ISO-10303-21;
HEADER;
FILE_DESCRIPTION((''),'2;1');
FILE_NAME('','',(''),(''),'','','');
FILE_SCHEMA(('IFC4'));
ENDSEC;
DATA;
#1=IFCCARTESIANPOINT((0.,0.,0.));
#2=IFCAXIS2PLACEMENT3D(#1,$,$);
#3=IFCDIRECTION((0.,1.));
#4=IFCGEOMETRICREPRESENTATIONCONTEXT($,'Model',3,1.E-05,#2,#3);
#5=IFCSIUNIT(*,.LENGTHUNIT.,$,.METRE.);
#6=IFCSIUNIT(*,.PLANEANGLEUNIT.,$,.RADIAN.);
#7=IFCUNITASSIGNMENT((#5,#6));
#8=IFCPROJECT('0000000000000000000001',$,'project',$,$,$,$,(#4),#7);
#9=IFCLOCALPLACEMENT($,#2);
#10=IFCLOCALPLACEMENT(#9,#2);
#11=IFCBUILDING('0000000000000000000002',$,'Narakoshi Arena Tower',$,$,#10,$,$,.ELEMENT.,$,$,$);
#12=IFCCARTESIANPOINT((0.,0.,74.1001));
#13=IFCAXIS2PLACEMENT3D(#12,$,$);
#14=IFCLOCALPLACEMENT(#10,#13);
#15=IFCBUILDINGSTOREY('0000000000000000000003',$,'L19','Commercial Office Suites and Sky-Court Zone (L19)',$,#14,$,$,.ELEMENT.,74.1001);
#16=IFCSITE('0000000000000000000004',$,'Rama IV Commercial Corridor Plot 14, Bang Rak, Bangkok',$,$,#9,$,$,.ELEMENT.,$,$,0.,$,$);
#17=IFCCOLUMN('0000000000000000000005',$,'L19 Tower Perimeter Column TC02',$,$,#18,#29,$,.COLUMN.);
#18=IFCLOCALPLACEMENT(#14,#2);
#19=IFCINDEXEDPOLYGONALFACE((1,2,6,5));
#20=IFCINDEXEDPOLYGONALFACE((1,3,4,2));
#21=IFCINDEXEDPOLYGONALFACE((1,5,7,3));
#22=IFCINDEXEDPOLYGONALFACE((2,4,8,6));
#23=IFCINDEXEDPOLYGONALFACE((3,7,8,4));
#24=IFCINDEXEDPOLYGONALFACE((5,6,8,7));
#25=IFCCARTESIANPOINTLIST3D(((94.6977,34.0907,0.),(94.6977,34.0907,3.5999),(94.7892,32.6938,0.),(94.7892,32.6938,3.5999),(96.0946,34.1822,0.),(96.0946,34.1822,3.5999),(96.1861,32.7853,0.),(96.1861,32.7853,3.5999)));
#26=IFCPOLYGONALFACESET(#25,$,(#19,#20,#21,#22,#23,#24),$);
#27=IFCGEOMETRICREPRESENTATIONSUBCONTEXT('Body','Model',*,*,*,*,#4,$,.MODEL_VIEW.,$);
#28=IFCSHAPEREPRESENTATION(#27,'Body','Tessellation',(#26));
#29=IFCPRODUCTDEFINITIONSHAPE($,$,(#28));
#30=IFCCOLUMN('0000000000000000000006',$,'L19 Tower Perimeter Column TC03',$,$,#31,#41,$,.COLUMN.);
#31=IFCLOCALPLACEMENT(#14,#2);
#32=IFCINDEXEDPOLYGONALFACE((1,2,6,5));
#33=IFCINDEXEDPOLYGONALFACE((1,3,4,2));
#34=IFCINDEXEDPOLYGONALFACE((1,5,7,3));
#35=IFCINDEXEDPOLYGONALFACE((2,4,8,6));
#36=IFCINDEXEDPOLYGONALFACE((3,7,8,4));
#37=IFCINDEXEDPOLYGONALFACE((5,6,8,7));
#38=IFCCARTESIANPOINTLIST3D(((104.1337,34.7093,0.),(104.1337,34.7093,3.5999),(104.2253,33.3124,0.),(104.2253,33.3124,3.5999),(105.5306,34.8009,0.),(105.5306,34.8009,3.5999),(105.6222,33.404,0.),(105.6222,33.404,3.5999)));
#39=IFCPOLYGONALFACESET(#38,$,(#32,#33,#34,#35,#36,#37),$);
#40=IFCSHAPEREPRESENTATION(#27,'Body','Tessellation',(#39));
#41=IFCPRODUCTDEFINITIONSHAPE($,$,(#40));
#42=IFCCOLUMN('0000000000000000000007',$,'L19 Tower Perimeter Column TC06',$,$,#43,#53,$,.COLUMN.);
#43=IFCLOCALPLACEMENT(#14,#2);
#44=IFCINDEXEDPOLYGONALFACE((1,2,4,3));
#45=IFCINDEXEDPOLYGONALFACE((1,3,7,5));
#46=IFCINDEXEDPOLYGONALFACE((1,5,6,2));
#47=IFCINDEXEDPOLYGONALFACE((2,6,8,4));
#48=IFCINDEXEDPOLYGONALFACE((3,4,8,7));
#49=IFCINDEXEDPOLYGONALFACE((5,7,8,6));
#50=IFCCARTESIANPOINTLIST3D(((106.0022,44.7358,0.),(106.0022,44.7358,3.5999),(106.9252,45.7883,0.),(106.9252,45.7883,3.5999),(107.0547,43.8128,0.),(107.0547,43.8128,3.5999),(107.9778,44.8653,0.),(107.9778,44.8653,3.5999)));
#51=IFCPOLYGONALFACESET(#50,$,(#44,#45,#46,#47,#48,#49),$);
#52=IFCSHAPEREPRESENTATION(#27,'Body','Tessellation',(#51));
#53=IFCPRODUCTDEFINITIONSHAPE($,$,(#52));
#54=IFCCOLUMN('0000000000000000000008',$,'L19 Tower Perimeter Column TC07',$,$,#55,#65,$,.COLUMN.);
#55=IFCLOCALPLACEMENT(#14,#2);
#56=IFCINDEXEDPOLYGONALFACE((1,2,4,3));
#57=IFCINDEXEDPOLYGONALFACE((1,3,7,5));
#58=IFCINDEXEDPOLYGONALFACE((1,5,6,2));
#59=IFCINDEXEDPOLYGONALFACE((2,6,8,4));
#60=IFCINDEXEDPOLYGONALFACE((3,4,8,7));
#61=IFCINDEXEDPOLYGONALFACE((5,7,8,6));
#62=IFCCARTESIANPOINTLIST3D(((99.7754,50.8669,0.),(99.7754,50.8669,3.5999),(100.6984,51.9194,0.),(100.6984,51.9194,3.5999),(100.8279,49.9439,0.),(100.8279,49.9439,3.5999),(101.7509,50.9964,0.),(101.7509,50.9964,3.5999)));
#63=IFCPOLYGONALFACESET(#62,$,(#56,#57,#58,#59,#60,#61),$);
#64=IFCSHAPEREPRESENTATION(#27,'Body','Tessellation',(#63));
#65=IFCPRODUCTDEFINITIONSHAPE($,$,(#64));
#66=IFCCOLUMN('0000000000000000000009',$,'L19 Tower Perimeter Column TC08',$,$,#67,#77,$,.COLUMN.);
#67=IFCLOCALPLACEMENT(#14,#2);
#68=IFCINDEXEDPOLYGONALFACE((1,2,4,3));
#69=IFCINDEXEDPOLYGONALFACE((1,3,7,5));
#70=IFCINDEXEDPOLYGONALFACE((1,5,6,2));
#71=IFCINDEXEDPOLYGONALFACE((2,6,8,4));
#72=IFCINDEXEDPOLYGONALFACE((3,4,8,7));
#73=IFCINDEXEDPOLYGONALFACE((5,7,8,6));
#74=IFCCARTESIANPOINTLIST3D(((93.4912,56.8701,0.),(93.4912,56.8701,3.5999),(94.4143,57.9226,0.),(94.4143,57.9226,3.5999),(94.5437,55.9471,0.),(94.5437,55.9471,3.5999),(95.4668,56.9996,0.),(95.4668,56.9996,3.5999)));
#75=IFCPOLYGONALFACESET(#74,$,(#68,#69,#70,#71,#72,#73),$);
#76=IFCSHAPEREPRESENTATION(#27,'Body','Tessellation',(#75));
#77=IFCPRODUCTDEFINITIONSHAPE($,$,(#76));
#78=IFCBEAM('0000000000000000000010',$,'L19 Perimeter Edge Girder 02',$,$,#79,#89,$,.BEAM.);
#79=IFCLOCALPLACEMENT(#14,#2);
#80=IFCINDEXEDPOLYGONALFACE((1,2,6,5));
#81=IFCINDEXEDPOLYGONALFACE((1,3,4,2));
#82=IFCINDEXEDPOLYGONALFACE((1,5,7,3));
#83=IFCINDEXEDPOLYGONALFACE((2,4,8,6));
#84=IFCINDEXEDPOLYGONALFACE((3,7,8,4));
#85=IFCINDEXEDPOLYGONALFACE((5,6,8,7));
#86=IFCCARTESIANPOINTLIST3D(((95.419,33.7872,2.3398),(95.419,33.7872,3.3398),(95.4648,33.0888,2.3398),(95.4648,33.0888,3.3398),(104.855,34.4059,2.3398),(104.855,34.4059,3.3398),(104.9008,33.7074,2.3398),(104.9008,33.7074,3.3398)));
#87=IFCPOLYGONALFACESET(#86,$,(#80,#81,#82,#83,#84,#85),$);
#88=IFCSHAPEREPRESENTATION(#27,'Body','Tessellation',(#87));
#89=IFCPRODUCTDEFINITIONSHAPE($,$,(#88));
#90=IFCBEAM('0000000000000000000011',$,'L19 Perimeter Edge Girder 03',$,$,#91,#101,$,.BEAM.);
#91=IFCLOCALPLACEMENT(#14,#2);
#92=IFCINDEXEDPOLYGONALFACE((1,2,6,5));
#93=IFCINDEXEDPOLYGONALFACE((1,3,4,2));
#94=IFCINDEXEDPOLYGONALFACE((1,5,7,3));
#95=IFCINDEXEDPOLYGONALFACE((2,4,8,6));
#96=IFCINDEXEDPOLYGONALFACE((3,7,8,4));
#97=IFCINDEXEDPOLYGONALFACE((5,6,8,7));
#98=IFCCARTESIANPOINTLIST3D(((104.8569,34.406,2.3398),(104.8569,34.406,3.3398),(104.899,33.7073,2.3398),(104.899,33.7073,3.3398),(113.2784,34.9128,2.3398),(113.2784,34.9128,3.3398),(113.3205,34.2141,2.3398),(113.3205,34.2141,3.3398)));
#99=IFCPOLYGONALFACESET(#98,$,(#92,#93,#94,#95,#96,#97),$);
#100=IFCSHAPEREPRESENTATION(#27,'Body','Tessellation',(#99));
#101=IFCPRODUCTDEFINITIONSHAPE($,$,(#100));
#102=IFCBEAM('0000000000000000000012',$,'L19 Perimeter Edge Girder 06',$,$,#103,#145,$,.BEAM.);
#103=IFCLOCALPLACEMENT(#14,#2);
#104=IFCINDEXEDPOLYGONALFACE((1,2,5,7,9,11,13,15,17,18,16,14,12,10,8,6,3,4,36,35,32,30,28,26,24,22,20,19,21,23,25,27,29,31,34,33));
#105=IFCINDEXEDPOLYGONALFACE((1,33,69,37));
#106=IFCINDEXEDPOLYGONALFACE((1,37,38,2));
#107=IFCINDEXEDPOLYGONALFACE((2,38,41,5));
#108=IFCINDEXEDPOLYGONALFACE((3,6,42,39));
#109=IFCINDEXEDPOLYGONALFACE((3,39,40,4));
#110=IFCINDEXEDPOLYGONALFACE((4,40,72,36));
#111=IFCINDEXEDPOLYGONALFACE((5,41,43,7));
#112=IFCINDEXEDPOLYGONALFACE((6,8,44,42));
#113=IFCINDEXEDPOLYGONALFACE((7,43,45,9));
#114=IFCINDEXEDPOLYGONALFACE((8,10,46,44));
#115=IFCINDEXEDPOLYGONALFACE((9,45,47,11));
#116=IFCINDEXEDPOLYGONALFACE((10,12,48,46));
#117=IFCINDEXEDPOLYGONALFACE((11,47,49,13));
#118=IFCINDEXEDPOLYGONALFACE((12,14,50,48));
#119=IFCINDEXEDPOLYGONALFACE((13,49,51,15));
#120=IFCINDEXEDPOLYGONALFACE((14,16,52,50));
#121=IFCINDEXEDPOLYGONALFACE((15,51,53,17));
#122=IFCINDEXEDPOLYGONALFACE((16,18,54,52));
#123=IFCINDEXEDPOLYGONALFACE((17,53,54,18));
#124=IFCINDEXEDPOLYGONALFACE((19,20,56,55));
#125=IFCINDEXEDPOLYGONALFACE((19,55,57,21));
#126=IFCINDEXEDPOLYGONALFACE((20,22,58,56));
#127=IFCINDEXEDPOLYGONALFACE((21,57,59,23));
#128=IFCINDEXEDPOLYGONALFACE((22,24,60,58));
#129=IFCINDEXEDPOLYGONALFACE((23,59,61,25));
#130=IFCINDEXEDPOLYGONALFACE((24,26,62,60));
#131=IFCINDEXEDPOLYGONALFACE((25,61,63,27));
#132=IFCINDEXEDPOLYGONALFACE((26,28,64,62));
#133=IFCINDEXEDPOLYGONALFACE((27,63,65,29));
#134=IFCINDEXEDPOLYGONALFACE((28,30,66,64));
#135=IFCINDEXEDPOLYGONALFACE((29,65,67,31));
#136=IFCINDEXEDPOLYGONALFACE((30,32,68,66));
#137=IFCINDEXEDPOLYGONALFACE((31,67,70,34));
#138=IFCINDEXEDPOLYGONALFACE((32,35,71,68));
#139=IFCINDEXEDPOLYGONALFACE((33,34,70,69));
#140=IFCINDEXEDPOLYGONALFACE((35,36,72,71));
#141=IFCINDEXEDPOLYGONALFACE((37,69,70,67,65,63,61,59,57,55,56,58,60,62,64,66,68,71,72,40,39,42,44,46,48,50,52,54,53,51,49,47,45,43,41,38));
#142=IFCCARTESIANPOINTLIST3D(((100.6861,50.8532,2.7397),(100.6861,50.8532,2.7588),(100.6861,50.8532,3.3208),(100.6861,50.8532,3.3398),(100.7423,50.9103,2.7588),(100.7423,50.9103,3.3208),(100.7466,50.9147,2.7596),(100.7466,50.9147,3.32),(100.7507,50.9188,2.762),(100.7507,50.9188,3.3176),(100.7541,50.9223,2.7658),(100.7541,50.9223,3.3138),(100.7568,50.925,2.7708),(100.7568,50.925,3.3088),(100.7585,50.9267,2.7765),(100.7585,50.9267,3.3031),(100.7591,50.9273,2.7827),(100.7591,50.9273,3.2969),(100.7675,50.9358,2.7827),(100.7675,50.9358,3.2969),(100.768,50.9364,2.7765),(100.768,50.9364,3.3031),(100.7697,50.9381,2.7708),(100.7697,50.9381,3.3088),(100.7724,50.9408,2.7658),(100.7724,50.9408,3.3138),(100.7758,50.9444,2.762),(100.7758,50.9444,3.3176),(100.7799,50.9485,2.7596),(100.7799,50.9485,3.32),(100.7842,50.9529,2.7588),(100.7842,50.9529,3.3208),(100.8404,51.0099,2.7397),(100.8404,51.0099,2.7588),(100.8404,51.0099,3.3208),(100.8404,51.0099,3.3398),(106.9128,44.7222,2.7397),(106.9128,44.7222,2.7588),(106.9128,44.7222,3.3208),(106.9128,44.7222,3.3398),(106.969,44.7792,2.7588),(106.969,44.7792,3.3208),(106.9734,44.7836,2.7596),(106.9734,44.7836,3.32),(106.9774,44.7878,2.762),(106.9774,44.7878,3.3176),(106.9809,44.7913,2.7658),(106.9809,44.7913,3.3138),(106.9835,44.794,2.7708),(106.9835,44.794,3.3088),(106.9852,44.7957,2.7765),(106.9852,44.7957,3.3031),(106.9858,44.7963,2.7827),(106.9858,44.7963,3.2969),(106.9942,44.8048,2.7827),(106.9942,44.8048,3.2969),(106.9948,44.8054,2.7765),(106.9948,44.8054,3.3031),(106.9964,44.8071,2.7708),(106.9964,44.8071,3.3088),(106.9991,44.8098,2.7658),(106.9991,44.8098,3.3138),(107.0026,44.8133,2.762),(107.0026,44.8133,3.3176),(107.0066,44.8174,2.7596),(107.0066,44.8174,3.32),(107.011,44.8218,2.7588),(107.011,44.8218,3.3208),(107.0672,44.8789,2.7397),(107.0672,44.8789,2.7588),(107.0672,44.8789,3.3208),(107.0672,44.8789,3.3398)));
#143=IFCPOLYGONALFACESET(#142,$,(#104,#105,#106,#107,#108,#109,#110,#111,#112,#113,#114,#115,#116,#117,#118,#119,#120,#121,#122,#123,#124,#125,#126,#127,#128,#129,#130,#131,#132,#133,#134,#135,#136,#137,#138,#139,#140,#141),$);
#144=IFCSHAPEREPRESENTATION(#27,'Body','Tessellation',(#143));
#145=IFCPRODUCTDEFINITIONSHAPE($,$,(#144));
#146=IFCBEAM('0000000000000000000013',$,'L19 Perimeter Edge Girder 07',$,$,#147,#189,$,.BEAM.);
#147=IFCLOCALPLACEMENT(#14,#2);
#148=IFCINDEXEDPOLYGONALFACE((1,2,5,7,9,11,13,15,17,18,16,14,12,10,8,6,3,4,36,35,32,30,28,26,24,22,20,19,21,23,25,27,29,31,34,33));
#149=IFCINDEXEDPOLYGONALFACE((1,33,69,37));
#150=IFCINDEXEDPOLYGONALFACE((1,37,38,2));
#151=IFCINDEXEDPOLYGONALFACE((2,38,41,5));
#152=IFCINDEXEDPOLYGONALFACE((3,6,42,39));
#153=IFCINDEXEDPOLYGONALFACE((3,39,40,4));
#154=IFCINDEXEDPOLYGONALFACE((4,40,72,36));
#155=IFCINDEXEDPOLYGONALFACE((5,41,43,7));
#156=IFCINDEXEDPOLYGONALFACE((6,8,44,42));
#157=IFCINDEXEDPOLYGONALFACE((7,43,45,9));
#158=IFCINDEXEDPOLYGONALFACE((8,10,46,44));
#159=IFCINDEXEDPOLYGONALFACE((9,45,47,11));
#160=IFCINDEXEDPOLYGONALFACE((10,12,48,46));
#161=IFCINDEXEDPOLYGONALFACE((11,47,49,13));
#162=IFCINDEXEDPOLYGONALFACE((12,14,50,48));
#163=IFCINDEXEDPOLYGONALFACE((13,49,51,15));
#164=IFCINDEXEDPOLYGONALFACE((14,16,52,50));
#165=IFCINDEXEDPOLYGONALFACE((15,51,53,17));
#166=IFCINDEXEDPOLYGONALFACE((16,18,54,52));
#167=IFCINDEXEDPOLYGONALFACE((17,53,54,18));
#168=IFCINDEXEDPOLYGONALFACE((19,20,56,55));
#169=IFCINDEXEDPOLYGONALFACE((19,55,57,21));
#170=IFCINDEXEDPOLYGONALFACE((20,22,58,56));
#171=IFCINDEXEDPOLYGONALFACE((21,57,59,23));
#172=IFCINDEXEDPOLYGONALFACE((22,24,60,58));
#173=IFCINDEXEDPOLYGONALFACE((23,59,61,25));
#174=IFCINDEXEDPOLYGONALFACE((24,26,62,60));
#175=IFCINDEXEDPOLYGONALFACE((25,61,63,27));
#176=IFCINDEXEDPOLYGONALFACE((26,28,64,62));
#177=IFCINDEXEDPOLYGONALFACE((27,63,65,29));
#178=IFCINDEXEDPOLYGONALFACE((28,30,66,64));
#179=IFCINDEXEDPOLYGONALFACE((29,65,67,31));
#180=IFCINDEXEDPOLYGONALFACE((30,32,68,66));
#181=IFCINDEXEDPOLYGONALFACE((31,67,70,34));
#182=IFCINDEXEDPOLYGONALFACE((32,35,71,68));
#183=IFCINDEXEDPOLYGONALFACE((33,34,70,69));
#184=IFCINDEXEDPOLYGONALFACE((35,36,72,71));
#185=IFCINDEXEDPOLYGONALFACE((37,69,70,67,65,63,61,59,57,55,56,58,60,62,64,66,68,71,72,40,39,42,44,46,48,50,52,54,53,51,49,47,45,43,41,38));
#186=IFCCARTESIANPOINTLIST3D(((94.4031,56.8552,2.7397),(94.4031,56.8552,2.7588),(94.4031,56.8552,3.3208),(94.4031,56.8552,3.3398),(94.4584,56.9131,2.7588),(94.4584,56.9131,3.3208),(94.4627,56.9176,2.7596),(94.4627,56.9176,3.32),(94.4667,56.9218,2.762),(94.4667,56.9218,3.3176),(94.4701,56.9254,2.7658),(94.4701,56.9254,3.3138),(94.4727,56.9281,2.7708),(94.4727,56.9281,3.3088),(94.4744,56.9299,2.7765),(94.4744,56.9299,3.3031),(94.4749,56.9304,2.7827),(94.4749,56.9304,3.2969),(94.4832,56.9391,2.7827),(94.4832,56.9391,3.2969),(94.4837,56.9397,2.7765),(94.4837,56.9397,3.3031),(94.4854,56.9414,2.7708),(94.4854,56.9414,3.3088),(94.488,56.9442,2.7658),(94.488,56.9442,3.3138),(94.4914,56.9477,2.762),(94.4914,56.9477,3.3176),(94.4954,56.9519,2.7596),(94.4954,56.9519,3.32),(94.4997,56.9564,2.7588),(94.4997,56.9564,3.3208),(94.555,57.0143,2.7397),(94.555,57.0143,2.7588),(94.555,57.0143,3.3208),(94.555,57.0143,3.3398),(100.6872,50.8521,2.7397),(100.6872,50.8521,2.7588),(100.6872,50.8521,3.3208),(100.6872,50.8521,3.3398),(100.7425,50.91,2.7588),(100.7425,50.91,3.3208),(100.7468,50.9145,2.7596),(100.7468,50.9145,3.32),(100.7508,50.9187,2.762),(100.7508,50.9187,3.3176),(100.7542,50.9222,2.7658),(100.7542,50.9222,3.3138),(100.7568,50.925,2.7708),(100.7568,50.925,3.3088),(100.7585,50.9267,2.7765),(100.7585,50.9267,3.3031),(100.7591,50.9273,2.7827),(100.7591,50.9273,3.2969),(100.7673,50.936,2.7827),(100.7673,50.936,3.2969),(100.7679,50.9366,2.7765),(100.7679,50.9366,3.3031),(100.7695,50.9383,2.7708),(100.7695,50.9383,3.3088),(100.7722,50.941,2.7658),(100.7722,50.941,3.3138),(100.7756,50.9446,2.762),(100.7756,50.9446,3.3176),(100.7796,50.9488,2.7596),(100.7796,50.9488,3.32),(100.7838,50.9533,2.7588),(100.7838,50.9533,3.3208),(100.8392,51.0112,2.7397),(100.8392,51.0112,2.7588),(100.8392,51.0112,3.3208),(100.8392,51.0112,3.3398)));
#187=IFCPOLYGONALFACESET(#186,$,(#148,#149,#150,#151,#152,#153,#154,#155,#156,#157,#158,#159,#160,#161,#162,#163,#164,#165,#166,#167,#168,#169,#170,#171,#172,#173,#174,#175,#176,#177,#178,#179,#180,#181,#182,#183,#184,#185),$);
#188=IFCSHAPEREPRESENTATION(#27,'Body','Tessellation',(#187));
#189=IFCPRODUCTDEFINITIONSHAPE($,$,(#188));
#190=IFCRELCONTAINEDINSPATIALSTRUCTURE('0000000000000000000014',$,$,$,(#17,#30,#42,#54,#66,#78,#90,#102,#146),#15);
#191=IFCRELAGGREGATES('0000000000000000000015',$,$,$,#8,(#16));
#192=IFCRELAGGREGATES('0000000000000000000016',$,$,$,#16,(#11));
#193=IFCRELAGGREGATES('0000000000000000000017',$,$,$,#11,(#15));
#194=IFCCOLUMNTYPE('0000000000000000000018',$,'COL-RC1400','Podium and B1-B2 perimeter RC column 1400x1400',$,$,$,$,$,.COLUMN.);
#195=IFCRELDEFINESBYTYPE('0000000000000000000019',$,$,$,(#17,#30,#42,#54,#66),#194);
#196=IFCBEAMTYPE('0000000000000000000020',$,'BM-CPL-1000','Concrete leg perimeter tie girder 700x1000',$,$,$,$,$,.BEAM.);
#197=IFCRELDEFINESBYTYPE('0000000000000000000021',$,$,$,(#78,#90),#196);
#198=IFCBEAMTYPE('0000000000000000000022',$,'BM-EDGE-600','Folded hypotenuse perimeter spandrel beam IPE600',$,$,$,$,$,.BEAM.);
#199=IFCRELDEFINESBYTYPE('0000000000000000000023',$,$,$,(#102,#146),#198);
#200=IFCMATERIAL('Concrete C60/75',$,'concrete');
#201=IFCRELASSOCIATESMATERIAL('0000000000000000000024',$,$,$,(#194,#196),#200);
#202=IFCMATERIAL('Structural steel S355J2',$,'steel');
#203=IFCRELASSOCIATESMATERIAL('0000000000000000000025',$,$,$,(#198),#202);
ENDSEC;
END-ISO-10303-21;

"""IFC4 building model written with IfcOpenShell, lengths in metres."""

from ifc_helpers import new_model, si_unit, direction, frame, origin, origin_2d, place, context, subcontext, project, spatial, rectangle, i_section, extrude, material, material_profile, profile_set, type_object, element, save


model = new_model("IFC4")

# Units and contexts
model_context = context("Model", 3, precision=1e-05, world=origin(), true_north=direction((0.0, 1.0)))
body_context = subcontext(model_context, "Body", "Model", "MODEL_VIEW")
ifc_project = project(units=[si_unit("LENGTHUNIT", "METRE"), si_unit("PLANEANGLEUNIT", "RADIAN")], contexts=[model_context])

# Site, building, storey
site_placement = place(None, origin())
site = spatial("IfcSite", under=ifc_project, at=site_placement, Name="Rama IV Commercial Corridor Plot 14, Bang Rak, Bangkok", CompositionType="ELEMENT", RefElevation=0.0)
building_placement = place(site_placement, origin())
building = spatial("IfcBuilding", under=site, at=building_placement, Name="Narakoshi Arena Tower", CompositionType="ELEMENT")
storey_placement = place(building_placement, frame((0.0, 0.0, 74.1001)))
storey = spatial("IfcBuildingStorey", under=building, at=storey_placement, Name="L19", Description="Commercial Office Suites and Sky-Court Zone (L19)", CompositionType="ELEMENT", Elevation=74.1001)

# Columns
ifc_material_1 = material(Name="Concrete C60/75", Category="concrete")
ifc_material_profile_1 = material_profile(ifc_material_1, rectangle(XDim=1.3999, YDim=1.3999, at=origin_2d()), Name="RC1400x1400")
ifc_profile_set_1 = profile_set([ifc_material_profile_1], Name="Concrete C60/75")
column_type = type_object("IfcColumnType", Name="COL-RC1400", Description="Podium and B1-B2 perimeter RC column 1400x1400", PredefinedType="COLUMN", material=ifc_profile_set_1)
for number, where, z_axis, x_axis, name in (
    (1, (95.4419, 33.438, 0.0), (0.0, 0.0, 1.0), (0.997859, 0.065403, 0.0), "L19 Tower Perimeter Column TC02"),
    (2, (104.8779, 34.0566, 0.0), (0.0, 0.0, 1.0), (0.997859, 0.065403, 0.0), "L19 Tower Perimeter Column TC03"),
    (3, (106.99, 44.8005, 0.0), (0.0, 0.0, 1.0), (0.659346, 0.75184, 0.0), "L19 Tower Perimeter Column TC06"),
    (4, (100.7632, 50.9316, 0.0), (0.0, 0.0, 1.0), (0.659346, 0.75184, 0.0), "L19 Tower Perimeter Column TC07"),
    (5, (94.479, 56.9348, 0.0), (0.0, 0.0, 1.0), (0.659346, 0.75184, 0.0), "L19 Tower Perimeter Column TC08"),
):
    element("IfcColumn", number, at=place(storey_placement, frame(where, z_axis=z_axis, x_axis=x_axis)), inside=storey, type_object=column_type, Name=name, PredefinedType="COLUMN", context=body_context, shape_type="SweptSolid", body=[
        extrude(rectangle(XDim=1.3999, YDim=1.3999, at=origin_2d()), origin(), (0.0, 0.0, 1.0), 3.5999),
    ])

# Beams
ifc_material_profile_2 = material_profile(ifc_material_1, rectangle(XDim=0.7, YDim=1.0, at=origin_2d()), Name="RCB700x1000")
ifc_profile_set_2 = profile_set([ifc_material_profile_2], Name="Concrete C60/75")
beam_type_1 = type_object("IfcBeamType", Name="BM-CPL-1000", Description="Concrete leg perimeter tie girder 700x1000", PredefinedType="BEAM", material=ifc_profile_set_2)
beam_1_placement = place(storey_placement, frame((95.4419, 33.438, 2.8398), z_axis=(0.997858, 0.065422, 0.0), x_axis=(-0.065422, 0.997858, 0.0)))
element("IfcBeam", 6, at=beam_1_placement, inside=storey, type_object=beam_type_1, Name="L19 Perimeter Edge Girder 02", PredefinedType="BEAM", context=body_context, shape_type="SweptSolid", body=[
    extrude(rectangle(XDim=0.7, YDim=1.0, at=origin_2d()), origin(), (0.0, 0.0, 1.0), 9.4563),
])
beam_2_placement = place(storey_placement, frame((104.8779, 34.0566, 2.8398), z_axis=(0.998194, 0.060074, 0.0), x_axis=(-0.060074, 0.998194, 0.0)))
element("IfcBeam", 7, at=beam_2_placement, inside=storey, type_object=beam_type_1, Name="L19 Perimeter Edge Girder 03", PredefinedType="BEAM", context=body_context, shape_type="SweptSolid", body=[
    extrude(rectangle(XDim=0.7, YDim=1.0, at=origin_2d()), origin(), (0.0, 0.0, 1.0), 8.4368),
])
ifc_material_2 = material(Name="Structural steel S355J2", Category="steel")
ifc_material_profile_3 = material_profile(ifc_material_2, i_section(OverallWidth=0.22, OverallDepth=0.6001, WebThickness=0.012, FlangeThickness=0.019, FilletRadius=0.0239, at=origin_2d()), Name="IPE600")
ifc_profile_set_3 = profile_set([ifc_material_profile_3], Name="Structural steel S355J2")
beam_type_2 = type_object("IfcBeamType", Name="BM-EDGE-600", Description="Folded hypotenuse perimeter spandrel beam IPE600", PredefinedType="BEAM", material=ifc_profile_set_3)
beam_3_placement = place(storey_placement, frame((106.99, 44.8005, 3.0398), z_axis=(-0.712561, 0.70161, 0.0), x_axis=(-0.70161, -0.712561, 0.0)))
element("IfcBeam", 8, at=beam_3_placement, inside=storey, type_object=beam_type_2, Name="L19 Perimeter Edge Girder 06", PredefinedType="BEAM", context=body_context, shape_type="SweptSolid", body=[
    extrude(i_section(OverallWidth=0.22, OverallDepth=0.6001, WebThickness=0.012, FlangeThickness=0.019, FilletRadius=0.0239, at=origin_2d()), origin(), (0.0, 0.0, 1.0), 8.7385),
])
beam_4_placement = place(storey_placement, frame((100.7632, 50.9316, 3.0398), z_axis=(-0.723089, 0.690755, 0.0), x_axis=(-0.690755, -0.723089, 0.0)))
element("IfcBeam", 9, at=beam_4_placement, inside=storey, type_object=beam_type_2, Name="L19 Perimeter Edge Girder 07", PredefinedType="BEAM", context=body_context, shape_type="SweptSolid", body=[
    extrude(i_section(OverallWidth=0.22, OverallDepth=0.6001, WebThickness=0.012, FlangeThickness=0.019, FilletRadius=0.0239, at=origin_2d()), origin(), (0.0, 0.0, 1.0), 8.6907),
])

save(model, "model.ifc")
